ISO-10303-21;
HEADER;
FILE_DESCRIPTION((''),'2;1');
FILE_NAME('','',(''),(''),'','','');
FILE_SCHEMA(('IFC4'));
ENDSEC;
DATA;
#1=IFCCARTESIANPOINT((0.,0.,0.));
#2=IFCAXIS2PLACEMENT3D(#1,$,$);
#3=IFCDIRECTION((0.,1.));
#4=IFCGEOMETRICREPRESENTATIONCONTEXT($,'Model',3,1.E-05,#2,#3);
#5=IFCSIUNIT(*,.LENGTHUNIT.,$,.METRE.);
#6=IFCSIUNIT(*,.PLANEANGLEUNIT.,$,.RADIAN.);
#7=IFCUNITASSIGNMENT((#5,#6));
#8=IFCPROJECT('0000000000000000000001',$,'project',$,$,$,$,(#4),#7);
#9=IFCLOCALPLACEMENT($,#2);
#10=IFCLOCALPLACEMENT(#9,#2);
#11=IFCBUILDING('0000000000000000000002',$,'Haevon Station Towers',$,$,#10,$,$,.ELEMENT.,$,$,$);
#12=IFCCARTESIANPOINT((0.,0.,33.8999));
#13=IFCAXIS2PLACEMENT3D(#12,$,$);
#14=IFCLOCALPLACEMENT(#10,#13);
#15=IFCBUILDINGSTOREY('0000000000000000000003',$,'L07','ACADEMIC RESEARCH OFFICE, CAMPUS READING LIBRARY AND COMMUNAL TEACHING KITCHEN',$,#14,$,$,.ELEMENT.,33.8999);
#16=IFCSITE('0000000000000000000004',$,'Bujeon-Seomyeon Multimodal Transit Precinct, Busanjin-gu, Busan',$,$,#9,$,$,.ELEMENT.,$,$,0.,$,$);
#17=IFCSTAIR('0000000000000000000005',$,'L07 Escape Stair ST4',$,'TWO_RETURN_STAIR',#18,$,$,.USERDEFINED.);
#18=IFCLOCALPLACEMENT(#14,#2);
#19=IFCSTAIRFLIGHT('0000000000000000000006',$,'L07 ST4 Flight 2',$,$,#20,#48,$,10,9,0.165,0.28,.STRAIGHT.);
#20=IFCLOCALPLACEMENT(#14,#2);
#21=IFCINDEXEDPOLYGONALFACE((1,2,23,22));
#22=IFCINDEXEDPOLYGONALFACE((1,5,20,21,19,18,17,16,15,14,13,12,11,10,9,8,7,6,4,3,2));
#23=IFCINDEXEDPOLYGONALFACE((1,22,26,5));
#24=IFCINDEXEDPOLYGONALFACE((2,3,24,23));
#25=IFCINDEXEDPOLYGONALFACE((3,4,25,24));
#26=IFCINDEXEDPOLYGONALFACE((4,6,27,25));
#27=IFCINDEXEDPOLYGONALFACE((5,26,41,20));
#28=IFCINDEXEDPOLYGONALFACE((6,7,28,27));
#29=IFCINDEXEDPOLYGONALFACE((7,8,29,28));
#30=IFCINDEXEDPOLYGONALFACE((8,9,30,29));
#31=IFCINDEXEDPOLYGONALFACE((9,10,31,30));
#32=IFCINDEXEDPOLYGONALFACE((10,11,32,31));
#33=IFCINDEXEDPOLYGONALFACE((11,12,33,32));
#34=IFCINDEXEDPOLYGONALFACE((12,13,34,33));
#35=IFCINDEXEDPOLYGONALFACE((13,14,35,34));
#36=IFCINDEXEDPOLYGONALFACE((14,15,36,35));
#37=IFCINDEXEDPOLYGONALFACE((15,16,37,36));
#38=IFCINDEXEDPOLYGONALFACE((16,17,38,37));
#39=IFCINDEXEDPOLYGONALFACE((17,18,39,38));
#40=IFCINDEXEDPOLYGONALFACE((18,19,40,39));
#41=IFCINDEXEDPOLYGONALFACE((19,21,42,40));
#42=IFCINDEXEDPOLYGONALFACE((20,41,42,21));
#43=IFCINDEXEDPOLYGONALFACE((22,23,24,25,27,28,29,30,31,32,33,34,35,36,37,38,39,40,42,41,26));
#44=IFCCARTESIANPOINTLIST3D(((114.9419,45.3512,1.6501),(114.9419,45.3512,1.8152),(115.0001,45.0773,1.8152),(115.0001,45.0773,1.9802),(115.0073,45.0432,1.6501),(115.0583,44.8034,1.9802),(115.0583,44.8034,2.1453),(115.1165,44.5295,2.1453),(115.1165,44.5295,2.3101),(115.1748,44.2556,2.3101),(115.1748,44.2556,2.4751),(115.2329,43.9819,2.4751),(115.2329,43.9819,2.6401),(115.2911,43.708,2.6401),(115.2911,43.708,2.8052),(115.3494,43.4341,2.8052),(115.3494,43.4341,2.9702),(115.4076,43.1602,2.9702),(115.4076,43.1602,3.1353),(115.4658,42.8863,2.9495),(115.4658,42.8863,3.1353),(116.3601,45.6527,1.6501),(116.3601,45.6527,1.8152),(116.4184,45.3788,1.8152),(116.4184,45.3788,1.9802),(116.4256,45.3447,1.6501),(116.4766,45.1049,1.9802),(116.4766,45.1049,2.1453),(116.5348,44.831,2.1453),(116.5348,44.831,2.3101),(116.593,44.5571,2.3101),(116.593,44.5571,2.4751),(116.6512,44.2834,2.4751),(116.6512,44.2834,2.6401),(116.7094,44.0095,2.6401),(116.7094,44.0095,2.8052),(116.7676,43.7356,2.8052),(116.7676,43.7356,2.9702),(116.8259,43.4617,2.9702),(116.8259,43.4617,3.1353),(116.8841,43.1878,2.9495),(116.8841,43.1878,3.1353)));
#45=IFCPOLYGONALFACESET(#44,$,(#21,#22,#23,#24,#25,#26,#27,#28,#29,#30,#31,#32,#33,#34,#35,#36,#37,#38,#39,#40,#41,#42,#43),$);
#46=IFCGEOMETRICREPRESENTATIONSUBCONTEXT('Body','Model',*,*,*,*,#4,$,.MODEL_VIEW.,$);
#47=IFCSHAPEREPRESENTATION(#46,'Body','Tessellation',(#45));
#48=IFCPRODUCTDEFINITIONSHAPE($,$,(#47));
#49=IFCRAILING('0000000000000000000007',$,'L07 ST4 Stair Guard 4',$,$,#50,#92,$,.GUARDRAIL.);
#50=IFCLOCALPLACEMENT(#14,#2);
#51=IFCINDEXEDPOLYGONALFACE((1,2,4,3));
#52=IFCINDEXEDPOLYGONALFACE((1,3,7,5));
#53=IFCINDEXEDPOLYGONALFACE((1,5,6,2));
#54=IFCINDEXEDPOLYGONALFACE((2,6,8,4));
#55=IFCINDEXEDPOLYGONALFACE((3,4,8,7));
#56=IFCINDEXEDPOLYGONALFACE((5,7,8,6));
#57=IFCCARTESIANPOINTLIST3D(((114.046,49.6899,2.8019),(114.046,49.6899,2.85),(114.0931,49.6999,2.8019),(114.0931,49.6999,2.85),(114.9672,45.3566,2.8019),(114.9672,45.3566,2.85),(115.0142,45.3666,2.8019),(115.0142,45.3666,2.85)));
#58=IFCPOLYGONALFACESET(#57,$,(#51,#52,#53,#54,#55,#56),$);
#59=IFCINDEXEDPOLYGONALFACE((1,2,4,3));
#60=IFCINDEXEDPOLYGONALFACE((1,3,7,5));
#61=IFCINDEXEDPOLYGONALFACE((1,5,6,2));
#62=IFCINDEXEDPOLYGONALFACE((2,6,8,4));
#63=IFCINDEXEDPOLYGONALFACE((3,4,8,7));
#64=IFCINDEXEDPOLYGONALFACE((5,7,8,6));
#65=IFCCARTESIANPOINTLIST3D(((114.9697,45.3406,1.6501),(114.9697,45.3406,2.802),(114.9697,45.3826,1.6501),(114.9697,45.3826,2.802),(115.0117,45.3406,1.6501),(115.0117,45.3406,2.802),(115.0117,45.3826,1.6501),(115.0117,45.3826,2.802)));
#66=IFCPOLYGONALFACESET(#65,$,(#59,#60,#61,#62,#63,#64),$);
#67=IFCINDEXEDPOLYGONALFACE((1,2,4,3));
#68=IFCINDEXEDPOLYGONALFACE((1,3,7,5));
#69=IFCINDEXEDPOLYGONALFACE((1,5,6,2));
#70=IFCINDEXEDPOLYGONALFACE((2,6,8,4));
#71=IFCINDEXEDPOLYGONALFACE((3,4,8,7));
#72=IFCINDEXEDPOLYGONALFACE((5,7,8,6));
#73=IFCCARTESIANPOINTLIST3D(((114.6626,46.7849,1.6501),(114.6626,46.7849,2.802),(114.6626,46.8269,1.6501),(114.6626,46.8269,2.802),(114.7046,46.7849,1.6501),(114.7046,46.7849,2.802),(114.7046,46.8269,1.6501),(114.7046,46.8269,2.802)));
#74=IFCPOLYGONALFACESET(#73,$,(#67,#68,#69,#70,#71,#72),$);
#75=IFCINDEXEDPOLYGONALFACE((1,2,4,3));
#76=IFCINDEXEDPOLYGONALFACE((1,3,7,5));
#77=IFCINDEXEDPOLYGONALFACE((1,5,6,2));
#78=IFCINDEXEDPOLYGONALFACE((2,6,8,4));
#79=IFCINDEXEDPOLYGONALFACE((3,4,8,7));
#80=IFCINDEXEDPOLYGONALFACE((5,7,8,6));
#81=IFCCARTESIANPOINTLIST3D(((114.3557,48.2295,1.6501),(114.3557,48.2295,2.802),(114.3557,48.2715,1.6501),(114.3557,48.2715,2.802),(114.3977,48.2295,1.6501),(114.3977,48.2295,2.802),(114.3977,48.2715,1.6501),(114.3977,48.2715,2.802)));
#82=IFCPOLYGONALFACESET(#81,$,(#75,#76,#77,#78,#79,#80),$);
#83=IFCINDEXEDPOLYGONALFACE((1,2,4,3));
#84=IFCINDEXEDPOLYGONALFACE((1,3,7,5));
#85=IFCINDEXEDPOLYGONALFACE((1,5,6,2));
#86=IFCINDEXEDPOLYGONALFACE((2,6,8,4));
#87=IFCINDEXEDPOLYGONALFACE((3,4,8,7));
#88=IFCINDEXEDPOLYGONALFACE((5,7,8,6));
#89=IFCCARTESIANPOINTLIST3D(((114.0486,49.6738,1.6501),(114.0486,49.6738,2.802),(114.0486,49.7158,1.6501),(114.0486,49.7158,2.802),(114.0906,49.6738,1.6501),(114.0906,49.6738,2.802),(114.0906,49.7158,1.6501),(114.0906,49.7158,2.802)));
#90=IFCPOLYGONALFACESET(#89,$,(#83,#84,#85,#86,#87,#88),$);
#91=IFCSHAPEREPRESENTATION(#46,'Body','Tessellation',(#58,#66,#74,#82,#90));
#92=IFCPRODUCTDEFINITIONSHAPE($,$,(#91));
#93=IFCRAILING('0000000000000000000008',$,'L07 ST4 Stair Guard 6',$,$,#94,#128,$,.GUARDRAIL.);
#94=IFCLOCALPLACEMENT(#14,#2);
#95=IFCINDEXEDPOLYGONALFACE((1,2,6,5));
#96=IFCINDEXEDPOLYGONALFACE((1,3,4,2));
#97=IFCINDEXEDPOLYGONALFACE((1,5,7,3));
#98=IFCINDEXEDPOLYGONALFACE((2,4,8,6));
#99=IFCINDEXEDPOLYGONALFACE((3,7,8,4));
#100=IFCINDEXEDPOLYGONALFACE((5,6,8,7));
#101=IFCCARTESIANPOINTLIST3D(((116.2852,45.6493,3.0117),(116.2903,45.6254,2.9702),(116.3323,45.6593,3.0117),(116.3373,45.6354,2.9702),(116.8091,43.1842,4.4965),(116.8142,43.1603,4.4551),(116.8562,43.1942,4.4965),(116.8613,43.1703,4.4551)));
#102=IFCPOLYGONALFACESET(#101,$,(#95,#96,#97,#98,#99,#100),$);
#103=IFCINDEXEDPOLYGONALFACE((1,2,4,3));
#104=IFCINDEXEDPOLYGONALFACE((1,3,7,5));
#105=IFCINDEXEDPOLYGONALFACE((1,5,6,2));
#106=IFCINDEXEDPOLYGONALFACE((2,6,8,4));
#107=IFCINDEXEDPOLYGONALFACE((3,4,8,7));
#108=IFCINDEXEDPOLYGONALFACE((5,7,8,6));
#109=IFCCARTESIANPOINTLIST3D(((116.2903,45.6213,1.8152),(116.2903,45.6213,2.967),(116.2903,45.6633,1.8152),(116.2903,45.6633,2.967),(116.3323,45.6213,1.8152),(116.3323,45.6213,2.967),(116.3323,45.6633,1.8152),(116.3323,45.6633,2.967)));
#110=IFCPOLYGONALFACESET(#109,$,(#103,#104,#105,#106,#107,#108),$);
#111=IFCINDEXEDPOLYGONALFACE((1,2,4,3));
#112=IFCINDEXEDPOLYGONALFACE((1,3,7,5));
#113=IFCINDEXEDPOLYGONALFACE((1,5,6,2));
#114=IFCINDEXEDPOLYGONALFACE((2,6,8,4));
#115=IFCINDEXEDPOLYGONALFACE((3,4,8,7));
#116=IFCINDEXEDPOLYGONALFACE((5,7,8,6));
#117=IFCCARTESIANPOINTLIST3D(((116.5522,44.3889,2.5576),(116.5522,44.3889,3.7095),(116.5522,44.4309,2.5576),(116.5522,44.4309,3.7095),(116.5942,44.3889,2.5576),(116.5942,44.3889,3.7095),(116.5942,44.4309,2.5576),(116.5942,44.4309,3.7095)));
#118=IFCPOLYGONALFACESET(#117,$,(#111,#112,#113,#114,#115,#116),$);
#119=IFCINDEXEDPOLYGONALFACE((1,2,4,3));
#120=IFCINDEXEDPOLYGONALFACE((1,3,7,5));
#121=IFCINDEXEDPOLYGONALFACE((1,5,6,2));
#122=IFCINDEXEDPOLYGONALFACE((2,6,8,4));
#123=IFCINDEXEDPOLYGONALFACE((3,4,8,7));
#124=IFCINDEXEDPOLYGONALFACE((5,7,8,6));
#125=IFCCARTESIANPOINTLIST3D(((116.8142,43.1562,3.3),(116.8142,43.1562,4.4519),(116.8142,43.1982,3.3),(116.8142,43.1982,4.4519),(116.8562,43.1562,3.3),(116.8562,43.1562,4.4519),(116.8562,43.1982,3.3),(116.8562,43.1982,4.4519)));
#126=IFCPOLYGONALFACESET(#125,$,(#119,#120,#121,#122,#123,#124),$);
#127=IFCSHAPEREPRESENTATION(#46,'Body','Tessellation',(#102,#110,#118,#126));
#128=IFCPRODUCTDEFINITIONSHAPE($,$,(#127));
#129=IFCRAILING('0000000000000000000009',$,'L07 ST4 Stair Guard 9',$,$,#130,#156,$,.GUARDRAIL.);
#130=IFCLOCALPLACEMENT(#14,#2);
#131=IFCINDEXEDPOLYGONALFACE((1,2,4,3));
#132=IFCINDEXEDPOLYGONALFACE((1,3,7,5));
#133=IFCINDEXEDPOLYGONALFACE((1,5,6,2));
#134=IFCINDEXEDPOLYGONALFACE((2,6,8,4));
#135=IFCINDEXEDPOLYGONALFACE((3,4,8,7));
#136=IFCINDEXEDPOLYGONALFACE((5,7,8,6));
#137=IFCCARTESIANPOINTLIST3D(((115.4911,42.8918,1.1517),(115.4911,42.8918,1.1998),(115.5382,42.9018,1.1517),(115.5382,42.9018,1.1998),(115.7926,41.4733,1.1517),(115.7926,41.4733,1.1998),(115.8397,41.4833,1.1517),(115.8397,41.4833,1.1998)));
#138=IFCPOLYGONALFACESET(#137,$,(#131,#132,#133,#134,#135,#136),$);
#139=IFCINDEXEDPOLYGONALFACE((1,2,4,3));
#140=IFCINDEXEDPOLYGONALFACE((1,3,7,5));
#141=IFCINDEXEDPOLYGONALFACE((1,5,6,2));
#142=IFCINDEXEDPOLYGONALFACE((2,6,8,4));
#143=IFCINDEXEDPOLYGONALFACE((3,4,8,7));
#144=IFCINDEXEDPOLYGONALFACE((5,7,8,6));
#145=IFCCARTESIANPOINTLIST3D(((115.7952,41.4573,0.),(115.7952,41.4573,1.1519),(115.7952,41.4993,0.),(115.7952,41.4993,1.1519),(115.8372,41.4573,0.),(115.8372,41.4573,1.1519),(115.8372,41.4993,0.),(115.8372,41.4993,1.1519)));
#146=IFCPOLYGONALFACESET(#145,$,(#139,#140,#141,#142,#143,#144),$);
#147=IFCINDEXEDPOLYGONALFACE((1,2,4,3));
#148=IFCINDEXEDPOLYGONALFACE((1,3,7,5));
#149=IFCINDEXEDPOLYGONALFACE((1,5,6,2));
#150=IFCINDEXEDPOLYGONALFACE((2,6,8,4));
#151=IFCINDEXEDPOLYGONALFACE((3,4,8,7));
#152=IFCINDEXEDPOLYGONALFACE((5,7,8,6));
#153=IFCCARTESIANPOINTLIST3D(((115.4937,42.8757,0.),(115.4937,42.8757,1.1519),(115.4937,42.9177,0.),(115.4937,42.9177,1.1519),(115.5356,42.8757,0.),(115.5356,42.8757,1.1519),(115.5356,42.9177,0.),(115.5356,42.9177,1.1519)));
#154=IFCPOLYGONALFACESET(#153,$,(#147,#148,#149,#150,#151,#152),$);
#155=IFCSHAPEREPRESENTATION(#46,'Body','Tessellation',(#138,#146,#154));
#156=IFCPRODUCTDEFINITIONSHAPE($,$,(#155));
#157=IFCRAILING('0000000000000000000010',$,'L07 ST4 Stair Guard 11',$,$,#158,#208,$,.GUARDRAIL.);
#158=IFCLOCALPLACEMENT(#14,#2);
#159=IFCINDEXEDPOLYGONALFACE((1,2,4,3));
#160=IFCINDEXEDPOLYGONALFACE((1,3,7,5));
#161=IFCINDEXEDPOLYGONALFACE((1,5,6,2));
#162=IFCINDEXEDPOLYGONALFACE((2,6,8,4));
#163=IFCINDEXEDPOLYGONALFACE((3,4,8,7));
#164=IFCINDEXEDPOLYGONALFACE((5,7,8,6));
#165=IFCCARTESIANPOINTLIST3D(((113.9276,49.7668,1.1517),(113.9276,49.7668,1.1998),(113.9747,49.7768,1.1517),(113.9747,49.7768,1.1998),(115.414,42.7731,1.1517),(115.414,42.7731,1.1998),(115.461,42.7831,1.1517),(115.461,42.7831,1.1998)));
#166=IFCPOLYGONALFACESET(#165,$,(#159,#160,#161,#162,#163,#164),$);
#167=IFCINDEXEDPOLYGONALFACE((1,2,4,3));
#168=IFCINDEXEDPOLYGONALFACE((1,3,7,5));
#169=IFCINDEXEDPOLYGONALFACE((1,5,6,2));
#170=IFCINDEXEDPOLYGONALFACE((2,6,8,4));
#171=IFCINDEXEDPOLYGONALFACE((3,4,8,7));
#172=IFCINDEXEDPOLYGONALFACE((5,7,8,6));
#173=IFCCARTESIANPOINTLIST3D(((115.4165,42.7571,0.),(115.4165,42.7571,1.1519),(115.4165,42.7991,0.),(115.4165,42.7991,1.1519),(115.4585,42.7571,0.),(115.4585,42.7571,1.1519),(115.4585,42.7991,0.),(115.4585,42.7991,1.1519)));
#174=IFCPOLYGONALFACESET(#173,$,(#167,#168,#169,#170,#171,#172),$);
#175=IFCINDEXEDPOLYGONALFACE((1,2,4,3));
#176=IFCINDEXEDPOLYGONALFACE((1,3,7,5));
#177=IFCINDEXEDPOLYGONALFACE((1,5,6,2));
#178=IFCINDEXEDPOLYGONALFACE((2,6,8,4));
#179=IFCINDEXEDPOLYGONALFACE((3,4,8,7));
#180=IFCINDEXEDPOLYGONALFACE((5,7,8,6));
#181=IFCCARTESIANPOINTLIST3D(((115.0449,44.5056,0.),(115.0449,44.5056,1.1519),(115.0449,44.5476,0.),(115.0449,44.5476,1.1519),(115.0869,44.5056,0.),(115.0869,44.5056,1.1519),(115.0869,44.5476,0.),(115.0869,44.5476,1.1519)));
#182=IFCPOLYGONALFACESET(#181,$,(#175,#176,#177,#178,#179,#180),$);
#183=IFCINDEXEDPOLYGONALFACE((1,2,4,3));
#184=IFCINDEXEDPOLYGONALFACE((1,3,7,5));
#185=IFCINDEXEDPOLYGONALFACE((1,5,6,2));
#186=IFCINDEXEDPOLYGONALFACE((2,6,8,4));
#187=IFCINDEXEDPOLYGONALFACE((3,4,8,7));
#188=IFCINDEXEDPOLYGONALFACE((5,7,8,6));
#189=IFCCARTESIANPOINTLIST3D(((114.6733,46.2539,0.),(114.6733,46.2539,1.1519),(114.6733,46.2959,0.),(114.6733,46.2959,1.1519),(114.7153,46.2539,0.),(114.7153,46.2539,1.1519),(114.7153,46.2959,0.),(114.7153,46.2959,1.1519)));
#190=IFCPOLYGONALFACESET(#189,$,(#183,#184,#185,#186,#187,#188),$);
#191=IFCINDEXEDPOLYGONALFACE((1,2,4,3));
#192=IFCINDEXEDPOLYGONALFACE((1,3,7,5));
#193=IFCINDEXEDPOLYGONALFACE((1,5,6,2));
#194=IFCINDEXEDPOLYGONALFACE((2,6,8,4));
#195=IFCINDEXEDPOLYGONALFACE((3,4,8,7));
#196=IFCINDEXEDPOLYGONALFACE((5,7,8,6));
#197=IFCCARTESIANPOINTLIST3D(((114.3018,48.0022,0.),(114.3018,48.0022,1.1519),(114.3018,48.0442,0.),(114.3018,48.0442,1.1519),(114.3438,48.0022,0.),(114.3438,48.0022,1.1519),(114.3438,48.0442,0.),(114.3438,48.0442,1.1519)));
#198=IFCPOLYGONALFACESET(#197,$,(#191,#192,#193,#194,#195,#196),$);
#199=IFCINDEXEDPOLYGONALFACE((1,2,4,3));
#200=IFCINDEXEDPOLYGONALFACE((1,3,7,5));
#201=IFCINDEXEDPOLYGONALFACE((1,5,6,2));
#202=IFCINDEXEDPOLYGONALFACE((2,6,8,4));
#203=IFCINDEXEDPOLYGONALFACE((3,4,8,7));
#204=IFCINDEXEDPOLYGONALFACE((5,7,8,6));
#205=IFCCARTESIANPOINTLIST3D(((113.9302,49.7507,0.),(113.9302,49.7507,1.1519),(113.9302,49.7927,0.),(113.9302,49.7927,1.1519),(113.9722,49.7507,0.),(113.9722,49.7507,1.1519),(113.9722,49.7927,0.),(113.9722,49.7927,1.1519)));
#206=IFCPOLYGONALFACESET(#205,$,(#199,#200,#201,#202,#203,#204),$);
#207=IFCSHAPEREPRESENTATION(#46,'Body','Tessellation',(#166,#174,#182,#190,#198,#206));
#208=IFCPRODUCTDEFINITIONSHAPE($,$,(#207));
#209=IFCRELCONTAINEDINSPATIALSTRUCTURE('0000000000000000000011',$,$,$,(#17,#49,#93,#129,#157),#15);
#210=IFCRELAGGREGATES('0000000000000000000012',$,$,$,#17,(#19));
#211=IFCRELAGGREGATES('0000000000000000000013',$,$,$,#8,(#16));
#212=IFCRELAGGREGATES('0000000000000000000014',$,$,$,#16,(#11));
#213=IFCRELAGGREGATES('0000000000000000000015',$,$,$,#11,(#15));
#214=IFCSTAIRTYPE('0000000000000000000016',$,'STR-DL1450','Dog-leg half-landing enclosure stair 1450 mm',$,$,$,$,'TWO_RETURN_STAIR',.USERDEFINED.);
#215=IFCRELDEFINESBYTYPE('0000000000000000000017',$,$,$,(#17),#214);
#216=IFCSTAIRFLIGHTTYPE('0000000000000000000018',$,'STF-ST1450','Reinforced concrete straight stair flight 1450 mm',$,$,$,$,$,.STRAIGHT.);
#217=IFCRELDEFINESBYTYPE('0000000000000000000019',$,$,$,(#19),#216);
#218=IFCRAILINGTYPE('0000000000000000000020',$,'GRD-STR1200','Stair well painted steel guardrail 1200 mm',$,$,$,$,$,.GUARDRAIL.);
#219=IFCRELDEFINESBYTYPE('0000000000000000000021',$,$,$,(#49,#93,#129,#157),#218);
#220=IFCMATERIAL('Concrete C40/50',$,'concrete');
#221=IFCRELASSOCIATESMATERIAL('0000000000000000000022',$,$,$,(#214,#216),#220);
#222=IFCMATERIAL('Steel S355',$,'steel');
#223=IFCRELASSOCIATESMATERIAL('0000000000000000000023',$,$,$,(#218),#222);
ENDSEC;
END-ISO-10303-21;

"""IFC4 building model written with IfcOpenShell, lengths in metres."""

from ifc_helpers import new_model, si_unit, direction, frame, origin, origin_2d, place, context, subcontext, project, spatial, polyline, rectangle, outline, extrude, material, type_object, element, aggregate, save


model = new_model("IFC4")

# Units and contexts
model_context = context("Model", 3, precision=1e-05, world=origin(), true_north=direction((0.0, 1.0)))
body_context = subcontext(model_context, "Body", "Model", "MODEL_VIEW")
ifc_project = project(units=[si_unit("LENGTHUNIT", "METRE"), si_unit("PLANEANGLEUNIT", "RADIAN")], contexts=[model_context])

# Site, building, storey
site_placement = place(None, origin())
site = spatial("IfcSite", under=ifc_project, at=site_placement, Name="Bujeon-Seomyeon Multimodal Transit Precinct, Busanjin-gu, Busan", CompositionType="ELEMENT", RefElevation=0.0)
building_placement = place(site_placement, origin())
building = spatial("IfcBuilding", under=site, at=building_placement, Name="Haevon Station Towers", CompositionType="ELEMENT")
storey_placement = place(building_placement, frame((0.0, 0.0, 33.8999)))
storey = spatial("IfcBuildingStorey", under=building, at=storey_placement, Name="L07", Description="ACADEMIC RESEARCH OFFICE, CAMPUS READING LIBRARY AND COMMUNAL TEACHING KITCHEN", CompositionType="ELEMENT", Elevation=33.8999)

# Shared definitions
ifc_material_1 = material(Name="Steel S355", Category="steel")

# Shared definitions
ifc_material_2 = material(Name="Concrete C40/50", Category="concrete")

# Stair, stair flight
stair_type = type_object("IfcStairType", Name="STR-DL1450", Description="Dog-leg half-landing enclosure stair 1450 mm", ElementType="TWO_RETURN_STAIR", PredefinedType="USERDEFINED", material=ifc_material_2)
stair_placement = place(storey_placement, origin())
stair = element("IfcStair", 1, at=stair_placement, inside=storey, type_object=stair_type, Name="L07 Escape Stair ST4", ObjectType="TWO_RETURN_STAIR", PredefinedType="USERDEFINED")
stair_flight_type = type_object("IfcStairFlightType", Name="STF-ST1450", Description="Reinforced concrete straight stair flight 1450 mm", PredefinedType="STRAIGHT", material=ifc_material_2)
stair_flight_placement = place(storey_placement, frame((115.6509, 45.502, 1.6501), z_axis=(0.0, 0.0, 1.0), x_axis=(0.207912, -0.978148, 0.0)))
stair_flight = element("IfcStairFlight", 2, at=stair_flight_placement, type_object=stair_flight_type, Name="L07 ST4 Flight 2", NumberOfRisers=10, NumberOfTreads=9, PredefinedType="STRAIGHT", RiserHeight=0.165, TreadLength=0.28, context=body_context, shape_type="SweptSolid", body=[
    extrude(outline(polyline([(0.0, 0.0), (0.0, 0.165), (0.28, 0.165), (0.28, 0.3301), (0.5601, 0.3301), (0.5601, 0.4951), (0.8401, 0.4951), (0.8401, 0.6599), (1.1201, 0.6599), (1.1201, 0.825), (1.3999, 0.825), (1.3999, 0.99), (1.6799, 0.99), (1.6799, 1.155), (1.96, 1.155), (1.96, 1.3201), (2.24, 1.3201), (2.24, 1.4851), (2.52, 1.4851), (2.52, 1.6499), (2.52, 1.2993), (0.3149, 0.0), (0.0, 0.0)])), frame((0.0, 0.7251, 0.0), z_axis=(0.0, -1.0, 0.0), x_axis=(1.0, 0.0, 0.0)), (0.0, 0.0, 1.0), 1.45),
])
aggregate(stair, [stair_flight])

# Railings
railing_type_1 = type_object("IfcRailingType", Name="GRD-STR1200", Description="Stair well painted steel guardrail 1200 mm", PredefinedType="GUARDRAIL", material=ifc_material_1)
railing_1_placement = place(storey_placement, frame((114.9907, 45.3616, 1.6501)))
element("IfcRailing", 3, at=railing_1_placement, inside=storey, type_object=railing_type_1, Name="L07 ST4 Stair Guard 4", PredefinedType="GUARDRAIL", context=body_context, shape_type="SweptSolid", body=[
    extrude(rectangle(XDim=0.0481, YDim=0.0481, at=origin_2d()), frame((0.0, 0.0, 1.1758), z_axis=(-0.207929, 0.978144, 0.0), x_axis=(-0.978144, -0.207929, 0.0)), (0.0, 0.0, 1.0), 4.4302),
    extrude(rectangle(XDim=0.042, YDim=0.042, at=origin_2d()), origin(), (0.0, 0.0, 1.0), 1.1519),
    extrude(rectangle(XDim=0.042, YDim=0.042, at=origin_2d()), frame((-0.3071, 1.4443, 0.0)), (0.0, 0.0, 1.0), 1.1519),
    extrude(rectangle(XDim=0.042, YDim=0.042, at=origin_2d()), frame((-0.614, 2.8889, 0.0)), (0.0, 0.0, 1.0), 1.1519),
    extrude(rectangle(XDim=0.042, YDim=0.042, at=origin_2d()), frame((-0.9211, 4.3333, 0.0)), (0.0, 0.0, 1.0), 1.1519),
])
railing_2_placement = place(storey_placement, frame((116.3113, 45.6423, 1.8152)))
element("IfcRailing", 4, at=railing_2_placement, inside=storey, type_object=railing_type_1, Name="L07 ST4 Stair Guard 6", PredefinedType="GUARDRAIL", context=body_context, shape_type="SweptSolid", body=[
    extrude(rectangle(XDim=0.0481, YDim=0.0481, at=origin_2d()), frame((0.0, 0.0, 1.1758), z_axis=(0.179116, -0.842748, 0.507635), x_axis=(0.978151, 0.207895, 0.0)), (0.0, 0.0, 1.0), 2.925),
    extrude(rectangle(XDim=0.042, YDim=0.042, at=origin_2d()), origin(), (0.0, 0.0, 1.0), 1.1519),
    extrude(rectangle(XDim=0.042, YDim=0.042, at=origin_2d()), frame((0.262, -1.2324, 0.7424)), (0.0, 0.0, 1.0), 1.1519),
    extrude(rectangle(XDim=0.042, YDim=0.042, at=origin_2d()), frame((0.5239, -2.4651, 1.4849)), (0.0, 0.0, 1.0), 1.1519),
])
railing_3_placement = place(storey_placement, frame((115.8162, 41.4783, 0.0)))
element("IfcRailing", 5, at=railing_3_placement, inside=storey, type_object=railing_type_1, Name="L07 ST4 Stair Guard 9", PredefinedType="GUARDRAIL", context=body_context, shape_type="SweptSolid", body=[
    extrude(rectangle(XDim=0.0481, YDim=0.0481, at=origin_2d()), frame((0.0, 0.0, 1.1758), z_axis=(-0.207919, 0.978146, 0.0), x_axis=(-0.978146, -0.207919, 0.0)), (0.0, 0.0, 1.0), 1.4502),
    extrude(rectangle(XDim=0.042, YDim=0.042, at=origin_2d()), origin(), (0.0, 0.0, 1.0), 1.1519),
    extrude(rectangle(XDim=0.042, YDim=0.042, at=origin_2d()), frame((-0.3015, 1.4185, 0.0)), (0.0, 0.0, 1.0), 1.1519),
])
railing_4_placement = place(storey_placement, frame((115.4375, 42.7781, 0.0)))
element("IfcRailing", 6, at=railing_4_placement, inside=storey, type_object=railing_type_1, Name="L07 ST4 Stair Guard 11", PredefinedType="GUARDRAIL", context=body_context, shape_type="SweptSolid", body=[
    extrude(rectangle(XDim=0.0481, YDim=0.0481, at=origin_2d()), frame((0.0, 0.0, 1.1758), z_axis=(-0.207882, 0.978154, 0.0), x_axis=(-0.978154, -0.207882, 0.0)), (0.0, 0.0, 1.0), 7.1499),
    extrude(rectangle(XDim=0.042, YDim=0.042, at=origin_2d()), origin(), (0.0, 0.0, 1.0), 1.1519),
    extrude(rectangle(XDim=0.042, YDim=0.042, at=origin_2d()), frame((-0.3716, 1.7485, 0.0)), (0.0, 0.0, 1.0), 1.1519),
    extrude(rectangle(XDim=0.042, YDim=0.042, at=origin_2d()), frame((-0.7432, 3.4968, 0.0)), (0.0, 0.0, 1.0), 1.1519),
    extrude(rectangle(XDim=0.042, YDim=0.042, at=origin_2d()), frame((-1.1147, 5.2451, 0.0)), (0.0, 0.0, 1.0), 1.1519),
    extrude(rectangle(XDim=0.042, YDim=0.042, at=origin_2d()), frame((-1.4863, 6.9937, 0.0)), (0.0, 0.0, 1.0), 1.1519),
])

save(model, "model.ifc")
